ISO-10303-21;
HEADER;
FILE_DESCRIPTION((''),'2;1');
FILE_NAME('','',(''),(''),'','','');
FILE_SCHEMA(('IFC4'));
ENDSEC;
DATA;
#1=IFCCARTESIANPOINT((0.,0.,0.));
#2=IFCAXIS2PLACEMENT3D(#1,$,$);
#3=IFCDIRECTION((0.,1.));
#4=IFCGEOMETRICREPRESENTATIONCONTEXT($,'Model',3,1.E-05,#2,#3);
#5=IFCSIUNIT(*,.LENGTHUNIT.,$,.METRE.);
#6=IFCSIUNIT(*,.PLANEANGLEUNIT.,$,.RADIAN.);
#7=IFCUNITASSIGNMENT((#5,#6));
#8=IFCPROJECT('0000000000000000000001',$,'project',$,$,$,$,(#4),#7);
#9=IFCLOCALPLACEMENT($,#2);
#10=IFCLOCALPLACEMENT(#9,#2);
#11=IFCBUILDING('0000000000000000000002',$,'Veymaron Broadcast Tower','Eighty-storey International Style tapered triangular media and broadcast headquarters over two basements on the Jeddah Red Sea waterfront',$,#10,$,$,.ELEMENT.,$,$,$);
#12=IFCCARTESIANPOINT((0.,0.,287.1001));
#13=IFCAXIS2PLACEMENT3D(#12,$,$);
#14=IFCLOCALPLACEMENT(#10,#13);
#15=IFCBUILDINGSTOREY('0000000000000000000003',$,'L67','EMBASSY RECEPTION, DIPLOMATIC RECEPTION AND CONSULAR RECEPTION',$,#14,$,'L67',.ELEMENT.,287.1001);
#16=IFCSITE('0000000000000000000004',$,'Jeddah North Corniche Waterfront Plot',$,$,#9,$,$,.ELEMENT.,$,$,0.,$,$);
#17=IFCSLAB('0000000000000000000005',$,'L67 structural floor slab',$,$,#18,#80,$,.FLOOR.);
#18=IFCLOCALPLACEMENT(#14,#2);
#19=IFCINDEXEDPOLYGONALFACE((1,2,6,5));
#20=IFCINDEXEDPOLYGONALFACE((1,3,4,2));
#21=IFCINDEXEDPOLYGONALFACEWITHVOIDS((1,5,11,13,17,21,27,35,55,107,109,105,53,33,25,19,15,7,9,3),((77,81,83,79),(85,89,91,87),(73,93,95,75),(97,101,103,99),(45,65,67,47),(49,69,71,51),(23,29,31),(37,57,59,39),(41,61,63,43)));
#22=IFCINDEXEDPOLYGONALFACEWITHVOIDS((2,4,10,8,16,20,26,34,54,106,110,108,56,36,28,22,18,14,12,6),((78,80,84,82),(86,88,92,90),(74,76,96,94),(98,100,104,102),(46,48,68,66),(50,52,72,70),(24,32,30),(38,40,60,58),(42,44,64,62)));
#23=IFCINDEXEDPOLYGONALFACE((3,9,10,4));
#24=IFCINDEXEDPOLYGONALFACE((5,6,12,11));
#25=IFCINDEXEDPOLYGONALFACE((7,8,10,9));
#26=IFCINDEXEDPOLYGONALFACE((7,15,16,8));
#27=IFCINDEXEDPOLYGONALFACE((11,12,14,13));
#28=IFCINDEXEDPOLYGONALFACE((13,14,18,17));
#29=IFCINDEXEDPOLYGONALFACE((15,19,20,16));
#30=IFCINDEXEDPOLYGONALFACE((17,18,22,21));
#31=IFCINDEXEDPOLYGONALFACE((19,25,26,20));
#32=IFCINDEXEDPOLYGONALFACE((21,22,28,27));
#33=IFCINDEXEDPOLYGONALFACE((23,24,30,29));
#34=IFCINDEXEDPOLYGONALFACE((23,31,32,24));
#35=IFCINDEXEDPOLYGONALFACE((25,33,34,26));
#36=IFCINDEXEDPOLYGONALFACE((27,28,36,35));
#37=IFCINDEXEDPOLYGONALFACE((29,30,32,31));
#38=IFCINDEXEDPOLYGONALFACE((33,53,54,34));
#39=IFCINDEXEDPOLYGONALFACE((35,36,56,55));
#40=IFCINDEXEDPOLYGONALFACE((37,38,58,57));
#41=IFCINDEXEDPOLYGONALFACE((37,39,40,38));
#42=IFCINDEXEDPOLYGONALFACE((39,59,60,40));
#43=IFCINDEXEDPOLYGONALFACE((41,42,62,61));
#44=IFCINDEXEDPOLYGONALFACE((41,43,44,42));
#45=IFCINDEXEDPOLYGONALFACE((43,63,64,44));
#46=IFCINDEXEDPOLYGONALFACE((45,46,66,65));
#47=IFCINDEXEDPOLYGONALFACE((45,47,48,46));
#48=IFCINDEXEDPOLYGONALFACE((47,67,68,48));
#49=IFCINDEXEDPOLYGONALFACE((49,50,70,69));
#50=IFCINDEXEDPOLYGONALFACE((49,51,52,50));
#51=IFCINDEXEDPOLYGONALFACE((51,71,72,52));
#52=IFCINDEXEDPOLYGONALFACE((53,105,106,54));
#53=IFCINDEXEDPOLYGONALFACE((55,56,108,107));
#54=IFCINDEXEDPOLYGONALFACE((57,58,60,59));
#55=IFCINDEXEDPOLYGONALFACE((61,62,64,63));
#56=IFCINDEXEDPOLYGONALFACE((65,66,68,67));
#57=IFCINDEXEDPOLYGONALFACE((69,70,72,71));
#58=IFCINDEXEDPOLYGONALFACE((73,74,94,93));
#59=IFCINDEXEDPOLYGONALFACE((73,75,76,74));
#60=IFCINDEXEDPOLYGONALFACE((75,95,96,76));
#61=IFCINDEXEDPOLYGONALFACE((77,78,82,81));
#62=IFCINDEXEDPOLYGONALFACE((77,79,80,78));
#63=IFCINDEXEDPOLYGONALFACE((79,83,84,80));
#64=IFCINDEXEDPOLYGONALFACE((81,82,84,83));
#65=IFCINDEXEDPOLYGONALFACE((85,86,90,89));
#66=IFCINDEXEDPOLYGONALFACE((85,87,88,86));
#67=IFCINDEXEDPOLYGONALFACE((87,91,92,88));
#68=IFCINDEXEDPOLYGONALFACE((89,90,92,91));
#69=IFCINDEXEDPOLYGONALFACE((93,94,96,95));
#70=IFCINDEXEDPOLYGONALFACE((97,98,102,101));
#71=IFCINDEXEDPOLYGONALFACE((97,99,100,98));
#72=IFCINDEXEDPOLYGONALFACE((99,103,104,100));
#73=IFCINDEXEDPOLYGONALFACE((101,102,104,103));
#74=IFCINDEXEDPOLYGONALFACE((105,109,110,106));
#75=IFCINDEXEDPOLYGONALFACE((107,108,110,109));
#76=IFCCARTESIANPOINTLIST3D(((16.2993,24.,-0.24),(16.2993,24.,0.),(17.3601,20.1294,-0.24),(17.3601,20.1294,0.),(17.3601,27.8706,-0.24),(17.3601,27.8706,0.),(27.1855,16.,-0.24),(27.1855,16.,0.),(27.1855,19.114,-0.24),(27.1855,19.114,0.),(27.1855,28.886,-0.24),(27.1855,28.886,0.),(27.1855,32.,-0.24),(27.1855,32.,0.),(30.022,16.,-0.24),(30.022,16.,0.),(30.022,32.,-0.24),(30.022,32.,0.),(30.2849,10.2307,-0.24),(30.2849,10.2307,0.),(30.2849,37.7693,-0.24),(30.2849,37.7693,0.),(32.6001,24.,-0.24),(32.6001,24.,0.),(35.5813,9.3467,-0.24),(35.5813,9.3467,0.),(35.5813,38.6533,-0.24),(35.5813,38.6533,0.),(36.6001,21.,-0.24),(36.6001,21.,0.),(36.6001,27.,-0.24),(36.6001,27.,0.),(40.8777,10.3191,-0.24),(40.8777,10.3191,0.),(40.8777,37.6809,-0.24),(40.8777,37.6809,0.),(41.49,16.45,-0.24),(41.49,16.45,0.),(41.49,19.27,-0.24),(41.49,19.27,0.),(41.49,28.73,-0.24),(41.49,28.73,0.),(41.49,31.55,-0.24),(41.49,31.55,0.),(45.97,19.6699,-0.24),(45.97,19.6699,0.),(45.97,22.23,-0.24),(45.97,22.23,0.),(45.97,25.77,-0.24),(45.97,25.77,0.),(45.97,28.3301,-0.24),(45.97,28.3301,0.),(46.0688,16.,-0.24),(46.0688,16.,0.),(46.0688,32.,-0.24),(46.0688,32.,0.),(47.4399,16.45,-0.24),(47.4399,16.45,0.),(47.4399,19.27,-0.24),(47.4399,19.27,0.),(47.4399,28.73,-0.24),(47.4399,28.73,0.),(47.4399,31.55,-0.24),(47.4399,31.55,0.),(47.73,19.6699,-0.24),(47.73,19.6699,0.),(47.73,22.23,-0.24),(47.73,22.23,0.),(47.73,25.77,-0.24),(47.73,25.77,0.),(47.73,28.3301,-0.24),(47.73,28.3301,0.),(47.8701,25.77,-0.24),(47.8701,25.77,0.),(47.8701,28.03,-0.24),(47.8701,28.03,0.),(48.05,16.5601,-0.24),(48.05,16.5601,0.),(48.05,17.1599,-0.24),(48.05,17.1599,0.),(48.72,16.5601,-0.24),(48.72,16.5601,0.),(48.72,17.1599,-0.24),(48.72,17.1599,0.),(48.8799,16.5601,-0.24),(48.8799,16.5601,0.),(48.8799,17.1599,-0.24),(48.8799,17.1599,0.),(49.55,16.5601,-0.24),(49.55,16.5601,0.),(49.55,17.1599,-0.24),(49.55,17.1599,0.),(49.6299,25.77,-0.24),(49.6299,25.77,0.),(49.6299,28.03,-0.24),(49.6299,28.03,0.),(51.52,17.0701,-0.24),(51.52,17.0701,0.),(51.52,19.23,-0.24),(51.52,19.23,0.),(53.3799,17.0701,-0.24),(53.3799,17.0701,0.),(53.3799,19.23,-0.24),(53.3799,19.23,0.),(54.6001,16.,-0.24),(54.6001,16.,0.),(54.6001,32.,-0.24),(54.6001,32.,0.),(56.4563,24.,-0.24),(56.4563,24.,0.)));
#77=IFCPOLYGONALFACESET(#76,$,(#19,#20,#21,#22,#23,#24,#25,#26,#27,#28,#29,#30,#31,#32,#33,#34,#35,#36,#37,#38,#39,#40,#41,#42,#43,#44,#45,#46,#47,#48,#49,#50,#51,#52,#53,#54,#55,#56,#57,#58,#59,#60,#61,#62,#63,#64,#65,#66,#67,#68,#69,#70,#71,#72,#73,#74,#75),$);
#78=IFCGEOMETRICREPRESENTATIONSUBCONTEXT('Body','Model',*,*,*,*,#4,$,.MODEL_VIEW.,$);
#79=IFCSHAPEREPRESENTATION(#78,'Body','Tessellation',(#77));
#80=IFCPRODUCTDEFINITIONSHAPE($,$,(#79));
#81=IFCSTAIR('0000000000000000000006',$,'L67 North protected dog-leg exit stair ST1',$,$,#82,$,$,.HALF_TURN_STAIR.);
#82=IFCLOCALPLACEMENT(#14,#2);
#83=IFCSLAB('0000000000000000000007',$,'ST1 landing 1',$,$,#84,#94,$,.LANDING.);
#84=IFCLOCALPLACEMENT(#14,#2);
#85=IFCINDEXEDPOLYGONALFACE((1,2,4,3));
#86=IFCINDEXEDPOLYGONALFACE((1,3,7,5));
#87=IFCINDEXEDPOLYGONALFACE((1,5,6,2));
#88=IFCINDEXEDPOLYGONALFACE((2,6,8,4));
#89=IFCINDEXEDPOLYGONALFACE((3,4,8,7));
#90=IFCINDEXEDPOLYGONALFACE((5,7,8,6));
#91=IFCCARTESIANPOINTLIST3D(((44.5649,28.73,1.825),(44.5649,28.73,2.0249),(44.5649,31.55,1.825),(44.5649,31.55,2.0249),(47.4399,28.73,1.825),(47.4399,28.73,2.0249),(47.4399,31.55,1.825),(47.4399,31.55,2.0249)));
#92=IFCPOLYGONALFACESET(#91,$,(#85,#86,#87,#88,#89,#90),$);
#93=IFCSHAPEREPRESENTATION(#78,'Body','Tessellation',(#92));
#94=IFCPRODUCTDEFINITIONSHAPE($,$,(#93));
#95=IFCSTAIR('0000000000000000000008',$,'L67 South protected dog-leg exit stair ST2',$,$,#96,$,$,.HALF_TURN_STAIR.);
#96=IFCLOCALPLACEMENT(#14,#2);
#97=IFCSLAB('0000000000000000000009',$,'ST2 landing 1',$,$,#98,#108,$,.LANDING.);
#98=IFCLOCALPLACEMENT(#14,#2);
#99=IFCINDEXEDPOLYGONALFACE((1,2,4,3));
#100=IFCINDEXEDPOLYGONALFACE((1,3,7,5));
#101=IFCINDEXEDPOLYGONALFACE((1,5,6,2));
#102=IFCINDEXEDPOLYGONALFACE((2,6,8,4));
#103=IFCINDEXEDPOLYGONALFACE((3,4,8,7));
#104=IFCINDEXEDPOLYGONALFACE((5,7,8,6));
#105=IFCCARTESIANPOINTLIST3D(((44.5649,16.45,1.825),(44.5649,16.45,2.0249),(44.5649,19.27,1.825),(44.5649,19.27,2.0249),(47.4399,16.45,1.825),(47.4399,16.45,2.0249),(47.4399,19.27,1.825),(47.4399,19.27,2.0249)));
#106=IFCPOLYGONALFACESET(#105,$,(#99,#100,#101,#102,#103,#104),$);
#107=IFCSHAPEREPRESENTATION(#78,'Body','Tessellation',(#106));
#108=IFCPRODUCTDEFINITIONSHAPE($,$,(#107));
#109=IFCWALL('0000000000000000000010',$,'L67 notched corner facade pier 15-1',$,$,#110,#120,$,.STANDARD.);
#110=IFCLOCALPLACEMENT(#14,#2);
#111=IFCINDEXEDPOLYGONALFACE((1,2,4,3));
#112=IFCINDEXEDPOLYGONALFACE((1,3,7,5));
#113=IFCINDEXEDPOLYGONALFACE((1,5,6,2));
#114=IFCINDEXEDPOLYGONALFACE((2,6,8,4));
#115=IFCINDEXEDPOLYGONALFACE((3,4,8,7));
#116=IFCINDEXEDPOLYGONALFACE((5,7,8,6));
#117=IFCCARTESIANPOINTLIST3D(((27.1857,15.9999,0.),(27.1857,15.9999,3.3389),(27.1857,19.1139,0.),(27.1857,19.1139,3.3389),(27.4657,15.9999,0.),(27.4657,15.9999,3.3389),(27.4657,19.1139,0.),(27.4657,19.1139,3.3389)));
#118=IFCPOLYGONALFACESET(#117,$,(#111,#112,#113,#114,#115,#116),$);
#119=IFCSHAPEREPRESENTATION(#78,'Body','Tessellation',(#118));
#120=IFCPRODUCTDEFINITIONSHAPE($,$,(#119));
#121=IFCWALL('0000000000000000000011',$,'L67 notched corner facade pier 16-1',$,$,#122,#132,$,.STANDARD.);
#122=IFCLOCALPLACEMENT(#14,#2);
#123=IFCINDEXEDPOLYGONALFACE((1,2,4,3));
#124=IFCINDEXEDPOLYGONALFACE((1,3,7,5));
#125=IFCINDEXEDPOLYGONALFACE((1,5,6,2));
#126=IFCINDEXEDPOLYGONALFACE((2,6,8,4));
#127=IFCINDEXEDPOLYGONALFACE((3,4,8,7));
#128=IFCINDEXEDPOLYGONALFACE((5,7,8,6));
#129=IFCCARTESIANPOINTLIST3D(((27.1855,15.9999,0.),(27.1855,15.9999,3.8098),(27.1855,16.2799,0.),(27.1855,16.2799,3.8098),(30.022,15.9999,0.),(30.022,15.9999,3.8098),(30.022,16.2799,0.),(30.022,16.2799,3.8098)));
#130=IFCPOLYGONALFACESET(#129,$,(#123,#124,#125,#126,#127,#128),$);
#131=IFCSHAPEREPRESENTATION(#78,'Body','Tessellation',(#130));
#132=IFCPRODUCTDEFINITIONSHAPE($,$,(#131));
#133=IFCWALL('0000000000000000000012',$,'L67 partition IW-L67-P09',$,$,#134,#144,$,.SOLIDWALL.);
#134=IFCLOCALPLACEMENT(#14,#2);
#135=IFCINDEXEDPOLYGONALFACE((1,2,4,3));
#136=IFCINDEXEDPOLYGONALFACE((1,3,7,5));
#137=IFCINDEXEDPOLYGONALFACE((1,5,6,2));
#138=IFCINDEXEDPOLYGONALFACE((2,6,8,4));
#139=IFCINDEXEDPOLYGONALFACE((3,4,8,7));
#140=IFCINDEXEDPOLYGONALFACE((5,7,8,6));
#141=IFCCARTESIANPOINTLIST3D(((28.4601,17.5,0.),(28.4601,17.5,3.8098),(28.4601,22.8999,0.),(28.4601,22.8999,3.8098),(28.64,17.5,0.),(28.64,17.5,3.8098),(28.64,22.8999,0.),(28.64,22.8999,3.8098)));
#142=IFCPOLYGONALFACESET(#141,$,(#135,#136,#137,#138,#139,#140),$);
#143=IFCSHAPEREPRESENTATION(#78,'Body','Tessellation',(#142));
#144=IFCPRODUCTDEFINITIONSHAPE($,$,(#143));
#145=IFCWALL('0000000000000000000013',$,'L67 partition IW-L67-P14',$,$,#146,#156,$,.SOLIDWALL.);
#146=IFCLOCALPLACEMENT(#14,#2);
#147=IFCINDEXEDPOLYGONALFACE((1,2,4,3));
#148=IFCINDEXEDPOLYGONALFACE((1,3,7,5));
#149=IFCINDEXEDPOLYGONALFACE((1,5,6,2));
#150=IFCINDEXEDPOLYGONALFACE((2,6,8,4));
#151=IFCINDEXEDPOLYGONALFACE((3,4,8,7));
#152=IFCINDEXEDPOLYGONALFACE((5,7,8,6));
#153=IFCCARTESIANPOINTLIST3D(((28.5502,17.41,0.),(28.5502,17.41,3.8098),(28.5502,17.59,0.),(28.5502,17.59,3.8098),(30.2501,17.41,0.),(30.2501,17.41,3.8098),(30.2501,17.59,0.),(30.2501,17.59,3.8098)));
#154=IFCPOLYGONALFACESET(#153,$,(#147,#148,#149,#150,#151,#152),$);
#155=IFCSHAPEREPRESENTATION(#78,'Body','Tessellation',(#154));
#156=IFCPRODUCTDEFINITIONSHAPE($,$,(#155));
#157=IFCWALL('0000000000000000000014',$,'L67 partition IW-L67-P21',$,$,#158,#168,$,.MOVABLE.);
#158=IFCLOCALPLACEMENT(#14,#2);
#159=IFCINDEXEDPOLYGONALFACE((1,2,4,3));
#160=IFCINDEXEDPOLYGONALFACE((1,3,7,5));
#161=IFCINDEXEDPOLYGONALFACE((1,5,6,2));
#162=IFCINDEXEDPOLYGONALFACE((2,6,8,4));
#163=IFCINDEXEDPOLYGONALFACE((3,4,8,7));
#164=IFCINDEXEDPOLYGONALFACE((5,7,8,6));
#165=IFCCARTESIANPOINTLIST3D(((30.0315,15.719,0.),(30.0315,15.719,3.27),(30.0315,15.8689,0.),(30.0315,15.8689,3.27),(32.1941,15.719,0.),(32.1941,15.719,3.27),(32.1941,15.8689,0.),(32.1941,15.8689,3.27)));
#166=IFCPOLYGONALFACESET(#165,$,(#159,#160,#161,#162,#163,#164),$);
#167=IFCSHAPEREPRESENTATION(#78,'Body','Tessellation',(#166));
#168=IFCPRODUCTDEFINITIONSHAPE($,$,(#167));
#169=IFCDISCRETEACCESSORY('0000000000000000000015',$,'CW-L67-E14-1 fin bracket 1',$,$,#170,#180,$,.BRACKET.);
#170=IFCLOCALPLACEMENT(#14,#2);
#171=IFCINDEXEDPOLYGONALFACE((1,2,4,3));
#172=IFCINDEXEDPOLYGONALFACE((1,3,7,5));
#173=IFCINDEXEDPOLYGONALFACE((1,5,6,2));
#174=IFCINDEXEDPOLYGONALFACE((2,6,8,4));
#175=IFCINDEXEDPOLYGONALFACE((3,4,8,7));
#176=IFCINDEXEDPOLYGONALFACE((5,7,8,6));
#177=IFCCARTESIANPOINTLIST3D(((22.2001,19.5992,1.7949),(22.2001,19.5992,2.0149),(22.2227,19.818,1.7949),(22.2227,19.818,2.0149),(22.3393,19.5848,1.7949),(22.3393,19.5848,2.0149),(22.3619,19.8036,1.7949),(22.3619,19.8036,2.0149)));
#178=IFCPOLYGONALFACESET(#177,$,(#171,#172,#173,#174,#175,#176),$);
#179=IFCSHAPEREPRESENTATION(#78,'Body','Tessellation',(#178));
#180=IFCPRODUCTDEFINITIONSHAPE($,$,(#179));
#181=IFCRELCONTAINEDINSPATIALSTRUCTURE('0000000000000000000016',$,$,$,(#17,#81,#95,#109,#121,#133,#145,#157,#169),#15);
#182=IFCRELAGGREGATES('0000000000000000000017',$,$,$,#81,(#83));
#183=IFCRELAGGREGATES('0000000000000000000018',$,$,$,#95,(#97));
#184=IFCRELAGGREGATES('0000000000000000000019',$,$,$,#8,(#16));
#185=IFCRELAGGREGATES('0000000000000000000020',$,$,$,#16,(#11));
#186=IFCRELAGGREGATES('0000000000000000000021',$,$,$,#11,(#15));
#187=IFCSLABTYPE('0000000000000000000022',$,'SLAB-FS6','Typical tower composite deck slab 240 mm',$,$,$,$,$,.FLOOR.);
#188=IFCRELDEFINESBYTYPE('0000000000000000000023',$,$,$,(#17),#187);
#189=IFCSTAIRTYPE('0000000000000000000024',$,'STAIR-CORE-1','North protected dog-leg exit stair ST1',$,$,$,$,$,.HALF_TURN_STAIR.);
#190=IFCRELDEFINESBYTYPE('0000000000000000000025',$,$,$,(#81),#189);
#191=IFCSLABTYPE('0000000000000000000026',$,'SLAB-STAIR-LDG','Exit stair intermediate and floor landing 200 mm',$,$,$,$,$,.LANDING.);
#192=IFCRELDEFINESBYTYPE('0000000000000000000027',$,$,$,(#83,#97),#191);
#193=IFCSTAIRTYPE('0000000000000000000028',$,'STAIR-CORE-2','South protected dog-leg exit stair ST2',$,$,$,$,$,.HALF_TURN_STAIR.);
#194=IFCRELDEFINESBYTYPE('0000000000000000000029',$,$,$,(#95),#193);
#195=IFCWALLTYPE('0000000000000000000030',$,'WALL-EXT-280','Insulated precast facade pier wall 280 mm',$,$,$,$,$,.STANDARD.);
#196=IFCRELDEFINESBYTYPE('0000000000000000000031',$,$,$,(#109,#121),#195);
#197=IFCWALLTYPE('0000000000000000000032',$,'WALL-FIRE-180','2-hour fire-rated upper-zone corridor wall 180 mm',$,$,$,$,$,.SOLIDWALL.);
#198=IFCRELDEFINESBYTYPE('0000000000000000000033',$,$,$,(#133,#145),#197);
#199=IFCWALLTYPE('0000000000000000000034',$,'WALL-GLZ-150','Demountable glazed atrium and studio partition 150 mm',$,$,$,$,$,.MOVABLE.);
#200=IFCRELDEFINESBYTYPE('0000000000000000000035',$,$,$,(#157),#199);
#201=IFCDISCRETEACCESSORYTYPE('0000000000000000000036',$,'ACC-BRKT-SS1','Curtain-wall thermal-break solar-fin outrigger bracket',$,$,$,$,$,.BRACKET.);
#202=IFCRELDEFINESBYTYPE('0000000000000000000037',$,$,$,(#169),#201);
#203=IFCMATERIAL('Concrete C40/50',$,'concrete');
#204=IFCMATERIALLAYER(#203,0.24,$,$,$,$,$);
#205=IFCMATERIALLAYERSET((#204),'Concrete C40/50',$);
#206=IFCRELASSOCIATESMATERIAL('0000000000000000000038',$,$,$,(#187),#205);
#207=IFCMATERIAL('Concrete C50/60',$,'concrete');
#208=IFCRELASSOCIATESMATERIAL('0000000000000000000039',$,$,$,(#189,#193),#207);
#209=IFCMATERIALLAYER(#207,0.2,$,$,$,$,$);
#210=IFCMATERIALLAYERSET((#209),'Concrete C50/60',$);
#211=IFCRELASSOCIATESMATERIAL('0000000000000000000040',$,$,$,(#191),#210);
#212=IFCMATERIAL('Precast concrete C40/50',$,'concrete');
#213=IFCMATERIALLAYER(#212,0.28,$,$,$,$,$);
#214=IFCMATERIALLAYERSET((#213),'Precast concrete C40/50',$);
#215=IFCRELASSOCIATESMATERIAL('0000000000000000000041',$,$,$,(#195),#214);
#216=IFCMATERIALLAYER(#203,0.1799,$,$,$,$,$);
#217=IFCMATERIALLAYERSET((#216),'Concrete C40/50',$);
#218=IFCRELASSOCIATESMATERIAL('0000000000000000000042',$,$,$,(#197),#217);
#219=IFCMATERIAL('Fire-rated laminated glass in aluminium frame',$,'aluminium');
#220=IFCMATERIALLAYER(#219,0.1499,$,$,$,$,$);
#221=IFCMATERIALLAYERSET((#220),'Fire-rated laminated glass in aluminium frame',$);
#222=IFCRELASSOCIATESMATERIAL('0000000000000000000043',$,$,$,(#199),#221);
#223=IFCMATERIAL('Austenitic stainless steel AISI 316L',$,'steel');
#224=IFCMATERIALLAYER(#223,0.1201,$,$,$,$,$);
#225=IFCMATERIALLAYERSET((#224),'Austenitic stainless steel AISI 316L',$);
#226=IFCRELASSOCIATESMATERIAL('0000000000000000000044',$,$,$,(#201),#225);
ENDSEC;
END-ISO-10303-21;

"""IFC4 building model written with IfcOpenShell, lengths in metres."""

from ifc_helpers import new_model, si_unit, direction, frame, frame_2d, origin, origin_2d, place, context, subcontext, project, spatial, polyline, rectangle, outline, extrude, material, layer, layer_set, type_object, element, aggregate, save


model = new_model("IFC4")

# Units and contexts
model_context = context("Model", 3, precision=1e-05, world=origin(), true_north=direction((0.0, 1.0)))
body_context = subcontext(model_context, "Body", "Model", "MODEL_VIEW")
ifc_project = project(units=[si_unit("LENGTHUNIT", "METRE"), si_unit("PLANEANGLEUNIT", "RADIAN")], contexts=[model_context])

# Site, building, storey
site_placement = place(None, origin())
site = spatial("IfcSite", under=ifc_project, at=site_placement, Name="Jeddah North Corniche Waterfront Plot", CompositionType="ELEMENT", RefElevation=0.0)
building_placement = place(site_placement, origin())
building = spatial("IfcBuilding", under=site, at=building_placement, Name="Veymaron Broadcast Tower", Description="Eighty-storey International Style tapered triangular media and broadcast headquarters over two basements on the Jeddah Red Sea waterfront", CompositionType="ELEMENT")
storey_placement = place(building_placement, frame((0.0, 0.0, 287.1001)))
storey = spatial("IfcBuildingStorey", under=building, at=storey_placement, Name="L67", Description="EMBASSY RECEPTION, DIPLOMATIC RECEPTION AND CONSULAR RECEPTION", LongName="L67", CompositionType="ELEMENT", Elevation=287.1001)

# Slab
ifc_material_1 = material(Name="Concrete C40/50", Category="concrete")
ifc_layer_1 = layer(ifc_material_1, 0.24)
ifc_layer_set_1 = layer_set([ifc_layer_1], Name="Concrete C40/50")
slab_type_1 = type_object("IfcSlabType", Name="SLAB-FS6", Description="Typical tower composite deck slab 240 mm", PredefinedType="FLOOR", material=ifc_layer_set_1)
slab_1_placement = place(storey_placement, frame((0.0, 0.0, -0.24)))
element("IfcSlab", 1, at=slab_1_placement, inside=storey, type_object=slab_type_1, Name="L67 structural floor slab", PredefinedType="FLOOR", context=body_context, shape_type="SweptSolid", body=[
    extrude(outline(polyline([(46.0688, 16.0), (54.6001, 16.0), (56.4563, 24.0), (54.6001, 32.0), (46.0688, 32.0), (40.8777, 37.6809), (35.5813, 38.6533), (30.2849, 37.7693), (30.022, 32.0), (27.1855, 32.0), (27.1855, 28.886), (17.3601, 27.8706), (16.2993, 24.0), (17.3601, 20.1294), (27.1855, 19.114), (27.1855, 16.0), (30.022, 16.0), (30.2849, 10.2307), (35.5813, 9.3467), (40.8777, 10.3191), (46.0688, 16.0)]), holes=[polyline([(45.97, 28.3301), (47.73, 28.3301), (47.73, 25.77), (45.97, 25.77), (45.97, 28.3301)]), polyline([(45.97, 22.23), (47.73, 22.23), (47.73, 19.6699), (45.97, 19.6699), (45.97, 22.23)]), polyline([(47.8701, 28.03), (49.6299, 28.03), (49.6299, 25.77), (47.8701, 25.77), (47.8701, 28.03)]), polyline([(51.52, 19.23), (53.3799, 19.23), (53.3799, 17.0701), (51.52, 17.0701), (51.52, 19.23)]), polyline([(48.05, 17.1599), (48.72, 17.1599), (48.72, 16.5601), (48.05, 16.5601), (48.05, 17.1599)]), polyline([(48.8799, 17.1599), (49.55, 17.1599), (49.55, 16.5601), (48.8799, 16.5601), (48.8799, 17.1599)]), polyline([(36.6001, 27.0), (36.6001, 21.0), (32.6001, 24.0), (36.6001, 27.0)]), polyline([(41.49, 31.55), (47.4399, 31.55), (47.4399, 28.73), (41.49, 28.73), (41.49, 31.55)]), polyline([(41.49, 19.27), (47.4399, 19.27), (47.4399, 16.45), (41.49, 16.45), (41.49, 19.27)])]), origin(), (0.0, 0.0, 1.0), 0.24),
])

# Stairs, slabs
ifc_material_2 = material(Name="Concrete C50/60", Category="concrete")
stair_type_1 = type_object("IfcStairType", Name="STAIR-CORE-1", Description="North protected dog-leg exit stair ST1", PredefinedType="HALF_TURN_STAIR", material=ifc_material_2)
stair_1_placement = place(storey_placement, origin())
stair_1 = element("IfcStair", 2, at=stair_1_placement, inside=storey, type_object=stair_type_1, Name="L67 North protected dog-leg exit stair ST1", PredefinedType="HALF_TURN_STAIR")
ifc_layer_2 = layer(ifc_material_2, 0.2)
ifc_layer_set_2 = layer_set([ifc_layer_2], Name="Concrete C50/60")
slab_type_2 = type_object("IfcSlabType", Name="SLAB-STAIR-LDG", Description="Exit stair intermediate and floor landing 200 mm", PredefinedType="LANDING", material=ifc_layer_set_2)
slab_2_placement = place(storey_placement, frame((0.0, 0.0, 1.825)))
slab_2 = element("IfcSlab", 3, at=slab_2_placement, type_object=slab_type_2, Name="ST1 landing 1", PredefinedType="LANDING", context=body_context, shape_type="SweptSolid", body=[
    extrude(outline(polyline([(44.5649, 28.73), (47.4399, 28.73), (47.4399, 31.55), (44.5649, 31.55), (44.5649, 28.73)])), origin(), (0.0, 0.0, 1.0), 0.2),
])
aggregate(stair_1, [slab_2])
stair_type_2 = type_object("IfcStairType", Name="STAIR-CORE-2", Description="South protected dog-leg exit stair ST2", PredefinedType="HALF_TURN_STAIR", material=ifc_material_2)
stair_2_placement = place(storey_placement, origin())
stair_2 = element("IfcStair", 4, at=stair_2_placement, inside=storey, type_object=stair_type_2, Name="L67 South protected dog-leg exit stair ST2", PredefinedType="HALF_TURN_STAIR")
slab_3_placement = place(storey_placement, frame((0.0, 0.0, 1.825)))
slab_3 = element("IfcSlab", 5, at=slab_3_placement, type_object=slab_type_2, Name="ST2 landing 1", PredefinedType="LANDING", context=body_context, shape_type="SweptSolid", body=[
    extrude(outline(polyline([(44.5649, 16.45), (47.4399, 16.45), (47.4399, 19.27), (44.5649, 19.27), (44.5649, 16.45)])), origin(), (0.0, 0.0, 1.0), 0.2),
])
aggregate(stair_2, [slab_3])

# Walls
ifc_material_3 = material(Name="Precast concrete C40/50", Category="concrete")
ifc_layer_3 = layer(ifc_material_3, 0.28)
ifc_layer_set_3 = layer_set([ifc_layer_3], Name="Precast concrete C40/50")
wall_type_1 = type_object("IfcWallType", Name="WALL-EXT-280", Description="Insulated precast facade pier wall 280 mm", PredefinedType="STANDARD", material=ifc_layer_set_3)
wall_1_placement = place(storey_placement, frame((27.3257, 19.114, 0.0), z_axis=(0.0, 0.0, 1.0), x_axis=(0.0, -1.0, 0.0)))
element("IfcWall", 6, at=wall_1_placement, inside=storey, type_object=wall_type_1, Name="L67 notched corner facade pier 15-1", PredefinedType="STANDARD", context=body_context, shape_type="SweptSolid", body=[
    extrude(rectangle(XDim=3.114, YDim=0.28, at=frame_2d((1.5571, 0.0))), origin(), (0.0, 0.0, 1.0), 3.3389),
])
wall_2_placement = place(storey_placement, frame((27.1855, 16.1399, 0.0), z_axis=(0.0, 0.0, 1.0), x_axis=(1.0, 0.0, 0.0)))
element("IfcWall", 7, at=wall_2_placement, inside=storey, type_object=wall_type_1, Name="L67 notched corner facade pier 16-1", PredefinedType="STANDARD", context=body_context, shape_type="SweptSolid", body=[
    extrude(rectangle(XDim=2.8364, YDim=0.28, at=frame_2d((1.4182, 0.0))), origin(), (0.0, 0.0, 1.0), 3.8098),
])
ifc_layer_4 = layer(ifc_material_1, 0.1799)
ifc_layer_set_4 = layer_set([ifc_layer_4], Name="Concrete C40/50")
wall_type_2 = type_object("IfcWallType", Name="WALL-FIRE-180", Description="2-hour fire-rated upper-zone corridor wall 180 mm", PredefinedType="SOLIDWALL", material=ifc_layer_set_4)
wall_3_placement = place(storey_placement, frame((28.55, 17.5, 0.0), z_axis=(0.0, 0.0, 1.0), x_axis=(0.0, 1.0, 0.0)))
element("IfcWall", 8, at=wall_3_placement, inside=storey, type_object=wall_type_2, Name="L67 partition IW-L67-P09", PredefinedType="SOLIDWALL", context=body_context, shape_type="SweptSolid", body=[
    extrude(rectangle(XDim=5.3999, YDim=0.1799, at=frame_2d((2.7, 0.0))), origin(), (0.0, 0.0, 1.0), 3.8098),
])
wall_4_placement = place(storey_placement, frame((28.55, 17.5, 0.0), z_axis=(0.0, 0.0, 1.0), x_axis=(1.0, 0.0, 0.0)))
element("IfcWall", 9, at=wall_4_placement, inside=storey, type_object=wall_type_2, Name="L67 partition IW-L67-P14", PredefinedType="SOLIDWALL", context=body_context, shape_type="SweptSolid", body=[
    extrude(rectangle(XDim=1.7, YDim=0.1799, at=frame_2d((0.8501, 0.0))), origin(), (0.0, 0.0, 1.0), 3.8098),
])
ifc_material_4 = material(Name="Fire-rated laminated glass in aluminium frame", Category="aluminium")
ifc_layer_5 = layer(ifc_material_4, 0.1499)
ifc_layer_set_5 = layer_set([ifc_layer_5], Name="Fire-rated laminated glass in aluminium frame")
wall_type_3 = type_object("IfcWallType", Name="WALL-GLZ-150", Description="Demountable glazed atrium and studio partition 150 mm", PredefinedType="MOVABLE", material=ifc_layer_set_5)
wall_5_placement = place(storey_placement, frame((30.0315, 15.7939, 0.0), z_axis=(0.0, 0.0, 1.0), x_axis=(1.0, 0.0, 0.0)))
element("IfcWall", 10, at=wall_5_placement, inside=storey, type_object=wall_type_3, Name="L67 partition IW-L67-P21", PredefinedType="MOVABLE", context=body_context, shape_type="SweptSolid", body=[
    extrude(rectangle(XDim=2.1626, YDim=0.1499, at=frame_2d((1.0813, 0.0))), origin(), (0.0, 0.0, 1.0), 3.27),
])

# Discrete accessory
ifc_material_5 = material(Name="Austenitic stainless steel AISI 316L", Category="steel")
ifc_layer_6 = layer(ifc_material_5, 0.1201)
ifc_layer_set_6 = layer_set([ifc_layer_6], Name="Austenitic stainless steel AISI 316L")
discrete_accessory_type = type_object("IfcDiscreteAccessoryType", Name="ACC-BRKT-SS1", Description="Curtain-wall thermal-break solar-fin outrigger bracket", PredefinedType="BRACKET", material=ifc_layer_set_6)
discrete_accessory_placement = place(storey_placement, frame((22.281, 19.7014, 1.7949), z_axis=(0.0, 0.0, 1.0), x_axis=(-0.10281, -0.994701, 0.0)))
element("IfcDiscreteAccessory", 11, at=discrete_accessory_placement, inside=storey, type_object=discrete_accessory_type, Name="CW-L67-E14-1 fin bracket 1", PredefinedType="BRACKET", context=body_context, shape_type="SweptSolid", body=[
    extrude(rectangle(XDim=0.22, YDim=0.1399, at=origin_2d()), origin(), (0.0, 0.0, 1.0), 0.22),
])

save(model, "model.ifc")
